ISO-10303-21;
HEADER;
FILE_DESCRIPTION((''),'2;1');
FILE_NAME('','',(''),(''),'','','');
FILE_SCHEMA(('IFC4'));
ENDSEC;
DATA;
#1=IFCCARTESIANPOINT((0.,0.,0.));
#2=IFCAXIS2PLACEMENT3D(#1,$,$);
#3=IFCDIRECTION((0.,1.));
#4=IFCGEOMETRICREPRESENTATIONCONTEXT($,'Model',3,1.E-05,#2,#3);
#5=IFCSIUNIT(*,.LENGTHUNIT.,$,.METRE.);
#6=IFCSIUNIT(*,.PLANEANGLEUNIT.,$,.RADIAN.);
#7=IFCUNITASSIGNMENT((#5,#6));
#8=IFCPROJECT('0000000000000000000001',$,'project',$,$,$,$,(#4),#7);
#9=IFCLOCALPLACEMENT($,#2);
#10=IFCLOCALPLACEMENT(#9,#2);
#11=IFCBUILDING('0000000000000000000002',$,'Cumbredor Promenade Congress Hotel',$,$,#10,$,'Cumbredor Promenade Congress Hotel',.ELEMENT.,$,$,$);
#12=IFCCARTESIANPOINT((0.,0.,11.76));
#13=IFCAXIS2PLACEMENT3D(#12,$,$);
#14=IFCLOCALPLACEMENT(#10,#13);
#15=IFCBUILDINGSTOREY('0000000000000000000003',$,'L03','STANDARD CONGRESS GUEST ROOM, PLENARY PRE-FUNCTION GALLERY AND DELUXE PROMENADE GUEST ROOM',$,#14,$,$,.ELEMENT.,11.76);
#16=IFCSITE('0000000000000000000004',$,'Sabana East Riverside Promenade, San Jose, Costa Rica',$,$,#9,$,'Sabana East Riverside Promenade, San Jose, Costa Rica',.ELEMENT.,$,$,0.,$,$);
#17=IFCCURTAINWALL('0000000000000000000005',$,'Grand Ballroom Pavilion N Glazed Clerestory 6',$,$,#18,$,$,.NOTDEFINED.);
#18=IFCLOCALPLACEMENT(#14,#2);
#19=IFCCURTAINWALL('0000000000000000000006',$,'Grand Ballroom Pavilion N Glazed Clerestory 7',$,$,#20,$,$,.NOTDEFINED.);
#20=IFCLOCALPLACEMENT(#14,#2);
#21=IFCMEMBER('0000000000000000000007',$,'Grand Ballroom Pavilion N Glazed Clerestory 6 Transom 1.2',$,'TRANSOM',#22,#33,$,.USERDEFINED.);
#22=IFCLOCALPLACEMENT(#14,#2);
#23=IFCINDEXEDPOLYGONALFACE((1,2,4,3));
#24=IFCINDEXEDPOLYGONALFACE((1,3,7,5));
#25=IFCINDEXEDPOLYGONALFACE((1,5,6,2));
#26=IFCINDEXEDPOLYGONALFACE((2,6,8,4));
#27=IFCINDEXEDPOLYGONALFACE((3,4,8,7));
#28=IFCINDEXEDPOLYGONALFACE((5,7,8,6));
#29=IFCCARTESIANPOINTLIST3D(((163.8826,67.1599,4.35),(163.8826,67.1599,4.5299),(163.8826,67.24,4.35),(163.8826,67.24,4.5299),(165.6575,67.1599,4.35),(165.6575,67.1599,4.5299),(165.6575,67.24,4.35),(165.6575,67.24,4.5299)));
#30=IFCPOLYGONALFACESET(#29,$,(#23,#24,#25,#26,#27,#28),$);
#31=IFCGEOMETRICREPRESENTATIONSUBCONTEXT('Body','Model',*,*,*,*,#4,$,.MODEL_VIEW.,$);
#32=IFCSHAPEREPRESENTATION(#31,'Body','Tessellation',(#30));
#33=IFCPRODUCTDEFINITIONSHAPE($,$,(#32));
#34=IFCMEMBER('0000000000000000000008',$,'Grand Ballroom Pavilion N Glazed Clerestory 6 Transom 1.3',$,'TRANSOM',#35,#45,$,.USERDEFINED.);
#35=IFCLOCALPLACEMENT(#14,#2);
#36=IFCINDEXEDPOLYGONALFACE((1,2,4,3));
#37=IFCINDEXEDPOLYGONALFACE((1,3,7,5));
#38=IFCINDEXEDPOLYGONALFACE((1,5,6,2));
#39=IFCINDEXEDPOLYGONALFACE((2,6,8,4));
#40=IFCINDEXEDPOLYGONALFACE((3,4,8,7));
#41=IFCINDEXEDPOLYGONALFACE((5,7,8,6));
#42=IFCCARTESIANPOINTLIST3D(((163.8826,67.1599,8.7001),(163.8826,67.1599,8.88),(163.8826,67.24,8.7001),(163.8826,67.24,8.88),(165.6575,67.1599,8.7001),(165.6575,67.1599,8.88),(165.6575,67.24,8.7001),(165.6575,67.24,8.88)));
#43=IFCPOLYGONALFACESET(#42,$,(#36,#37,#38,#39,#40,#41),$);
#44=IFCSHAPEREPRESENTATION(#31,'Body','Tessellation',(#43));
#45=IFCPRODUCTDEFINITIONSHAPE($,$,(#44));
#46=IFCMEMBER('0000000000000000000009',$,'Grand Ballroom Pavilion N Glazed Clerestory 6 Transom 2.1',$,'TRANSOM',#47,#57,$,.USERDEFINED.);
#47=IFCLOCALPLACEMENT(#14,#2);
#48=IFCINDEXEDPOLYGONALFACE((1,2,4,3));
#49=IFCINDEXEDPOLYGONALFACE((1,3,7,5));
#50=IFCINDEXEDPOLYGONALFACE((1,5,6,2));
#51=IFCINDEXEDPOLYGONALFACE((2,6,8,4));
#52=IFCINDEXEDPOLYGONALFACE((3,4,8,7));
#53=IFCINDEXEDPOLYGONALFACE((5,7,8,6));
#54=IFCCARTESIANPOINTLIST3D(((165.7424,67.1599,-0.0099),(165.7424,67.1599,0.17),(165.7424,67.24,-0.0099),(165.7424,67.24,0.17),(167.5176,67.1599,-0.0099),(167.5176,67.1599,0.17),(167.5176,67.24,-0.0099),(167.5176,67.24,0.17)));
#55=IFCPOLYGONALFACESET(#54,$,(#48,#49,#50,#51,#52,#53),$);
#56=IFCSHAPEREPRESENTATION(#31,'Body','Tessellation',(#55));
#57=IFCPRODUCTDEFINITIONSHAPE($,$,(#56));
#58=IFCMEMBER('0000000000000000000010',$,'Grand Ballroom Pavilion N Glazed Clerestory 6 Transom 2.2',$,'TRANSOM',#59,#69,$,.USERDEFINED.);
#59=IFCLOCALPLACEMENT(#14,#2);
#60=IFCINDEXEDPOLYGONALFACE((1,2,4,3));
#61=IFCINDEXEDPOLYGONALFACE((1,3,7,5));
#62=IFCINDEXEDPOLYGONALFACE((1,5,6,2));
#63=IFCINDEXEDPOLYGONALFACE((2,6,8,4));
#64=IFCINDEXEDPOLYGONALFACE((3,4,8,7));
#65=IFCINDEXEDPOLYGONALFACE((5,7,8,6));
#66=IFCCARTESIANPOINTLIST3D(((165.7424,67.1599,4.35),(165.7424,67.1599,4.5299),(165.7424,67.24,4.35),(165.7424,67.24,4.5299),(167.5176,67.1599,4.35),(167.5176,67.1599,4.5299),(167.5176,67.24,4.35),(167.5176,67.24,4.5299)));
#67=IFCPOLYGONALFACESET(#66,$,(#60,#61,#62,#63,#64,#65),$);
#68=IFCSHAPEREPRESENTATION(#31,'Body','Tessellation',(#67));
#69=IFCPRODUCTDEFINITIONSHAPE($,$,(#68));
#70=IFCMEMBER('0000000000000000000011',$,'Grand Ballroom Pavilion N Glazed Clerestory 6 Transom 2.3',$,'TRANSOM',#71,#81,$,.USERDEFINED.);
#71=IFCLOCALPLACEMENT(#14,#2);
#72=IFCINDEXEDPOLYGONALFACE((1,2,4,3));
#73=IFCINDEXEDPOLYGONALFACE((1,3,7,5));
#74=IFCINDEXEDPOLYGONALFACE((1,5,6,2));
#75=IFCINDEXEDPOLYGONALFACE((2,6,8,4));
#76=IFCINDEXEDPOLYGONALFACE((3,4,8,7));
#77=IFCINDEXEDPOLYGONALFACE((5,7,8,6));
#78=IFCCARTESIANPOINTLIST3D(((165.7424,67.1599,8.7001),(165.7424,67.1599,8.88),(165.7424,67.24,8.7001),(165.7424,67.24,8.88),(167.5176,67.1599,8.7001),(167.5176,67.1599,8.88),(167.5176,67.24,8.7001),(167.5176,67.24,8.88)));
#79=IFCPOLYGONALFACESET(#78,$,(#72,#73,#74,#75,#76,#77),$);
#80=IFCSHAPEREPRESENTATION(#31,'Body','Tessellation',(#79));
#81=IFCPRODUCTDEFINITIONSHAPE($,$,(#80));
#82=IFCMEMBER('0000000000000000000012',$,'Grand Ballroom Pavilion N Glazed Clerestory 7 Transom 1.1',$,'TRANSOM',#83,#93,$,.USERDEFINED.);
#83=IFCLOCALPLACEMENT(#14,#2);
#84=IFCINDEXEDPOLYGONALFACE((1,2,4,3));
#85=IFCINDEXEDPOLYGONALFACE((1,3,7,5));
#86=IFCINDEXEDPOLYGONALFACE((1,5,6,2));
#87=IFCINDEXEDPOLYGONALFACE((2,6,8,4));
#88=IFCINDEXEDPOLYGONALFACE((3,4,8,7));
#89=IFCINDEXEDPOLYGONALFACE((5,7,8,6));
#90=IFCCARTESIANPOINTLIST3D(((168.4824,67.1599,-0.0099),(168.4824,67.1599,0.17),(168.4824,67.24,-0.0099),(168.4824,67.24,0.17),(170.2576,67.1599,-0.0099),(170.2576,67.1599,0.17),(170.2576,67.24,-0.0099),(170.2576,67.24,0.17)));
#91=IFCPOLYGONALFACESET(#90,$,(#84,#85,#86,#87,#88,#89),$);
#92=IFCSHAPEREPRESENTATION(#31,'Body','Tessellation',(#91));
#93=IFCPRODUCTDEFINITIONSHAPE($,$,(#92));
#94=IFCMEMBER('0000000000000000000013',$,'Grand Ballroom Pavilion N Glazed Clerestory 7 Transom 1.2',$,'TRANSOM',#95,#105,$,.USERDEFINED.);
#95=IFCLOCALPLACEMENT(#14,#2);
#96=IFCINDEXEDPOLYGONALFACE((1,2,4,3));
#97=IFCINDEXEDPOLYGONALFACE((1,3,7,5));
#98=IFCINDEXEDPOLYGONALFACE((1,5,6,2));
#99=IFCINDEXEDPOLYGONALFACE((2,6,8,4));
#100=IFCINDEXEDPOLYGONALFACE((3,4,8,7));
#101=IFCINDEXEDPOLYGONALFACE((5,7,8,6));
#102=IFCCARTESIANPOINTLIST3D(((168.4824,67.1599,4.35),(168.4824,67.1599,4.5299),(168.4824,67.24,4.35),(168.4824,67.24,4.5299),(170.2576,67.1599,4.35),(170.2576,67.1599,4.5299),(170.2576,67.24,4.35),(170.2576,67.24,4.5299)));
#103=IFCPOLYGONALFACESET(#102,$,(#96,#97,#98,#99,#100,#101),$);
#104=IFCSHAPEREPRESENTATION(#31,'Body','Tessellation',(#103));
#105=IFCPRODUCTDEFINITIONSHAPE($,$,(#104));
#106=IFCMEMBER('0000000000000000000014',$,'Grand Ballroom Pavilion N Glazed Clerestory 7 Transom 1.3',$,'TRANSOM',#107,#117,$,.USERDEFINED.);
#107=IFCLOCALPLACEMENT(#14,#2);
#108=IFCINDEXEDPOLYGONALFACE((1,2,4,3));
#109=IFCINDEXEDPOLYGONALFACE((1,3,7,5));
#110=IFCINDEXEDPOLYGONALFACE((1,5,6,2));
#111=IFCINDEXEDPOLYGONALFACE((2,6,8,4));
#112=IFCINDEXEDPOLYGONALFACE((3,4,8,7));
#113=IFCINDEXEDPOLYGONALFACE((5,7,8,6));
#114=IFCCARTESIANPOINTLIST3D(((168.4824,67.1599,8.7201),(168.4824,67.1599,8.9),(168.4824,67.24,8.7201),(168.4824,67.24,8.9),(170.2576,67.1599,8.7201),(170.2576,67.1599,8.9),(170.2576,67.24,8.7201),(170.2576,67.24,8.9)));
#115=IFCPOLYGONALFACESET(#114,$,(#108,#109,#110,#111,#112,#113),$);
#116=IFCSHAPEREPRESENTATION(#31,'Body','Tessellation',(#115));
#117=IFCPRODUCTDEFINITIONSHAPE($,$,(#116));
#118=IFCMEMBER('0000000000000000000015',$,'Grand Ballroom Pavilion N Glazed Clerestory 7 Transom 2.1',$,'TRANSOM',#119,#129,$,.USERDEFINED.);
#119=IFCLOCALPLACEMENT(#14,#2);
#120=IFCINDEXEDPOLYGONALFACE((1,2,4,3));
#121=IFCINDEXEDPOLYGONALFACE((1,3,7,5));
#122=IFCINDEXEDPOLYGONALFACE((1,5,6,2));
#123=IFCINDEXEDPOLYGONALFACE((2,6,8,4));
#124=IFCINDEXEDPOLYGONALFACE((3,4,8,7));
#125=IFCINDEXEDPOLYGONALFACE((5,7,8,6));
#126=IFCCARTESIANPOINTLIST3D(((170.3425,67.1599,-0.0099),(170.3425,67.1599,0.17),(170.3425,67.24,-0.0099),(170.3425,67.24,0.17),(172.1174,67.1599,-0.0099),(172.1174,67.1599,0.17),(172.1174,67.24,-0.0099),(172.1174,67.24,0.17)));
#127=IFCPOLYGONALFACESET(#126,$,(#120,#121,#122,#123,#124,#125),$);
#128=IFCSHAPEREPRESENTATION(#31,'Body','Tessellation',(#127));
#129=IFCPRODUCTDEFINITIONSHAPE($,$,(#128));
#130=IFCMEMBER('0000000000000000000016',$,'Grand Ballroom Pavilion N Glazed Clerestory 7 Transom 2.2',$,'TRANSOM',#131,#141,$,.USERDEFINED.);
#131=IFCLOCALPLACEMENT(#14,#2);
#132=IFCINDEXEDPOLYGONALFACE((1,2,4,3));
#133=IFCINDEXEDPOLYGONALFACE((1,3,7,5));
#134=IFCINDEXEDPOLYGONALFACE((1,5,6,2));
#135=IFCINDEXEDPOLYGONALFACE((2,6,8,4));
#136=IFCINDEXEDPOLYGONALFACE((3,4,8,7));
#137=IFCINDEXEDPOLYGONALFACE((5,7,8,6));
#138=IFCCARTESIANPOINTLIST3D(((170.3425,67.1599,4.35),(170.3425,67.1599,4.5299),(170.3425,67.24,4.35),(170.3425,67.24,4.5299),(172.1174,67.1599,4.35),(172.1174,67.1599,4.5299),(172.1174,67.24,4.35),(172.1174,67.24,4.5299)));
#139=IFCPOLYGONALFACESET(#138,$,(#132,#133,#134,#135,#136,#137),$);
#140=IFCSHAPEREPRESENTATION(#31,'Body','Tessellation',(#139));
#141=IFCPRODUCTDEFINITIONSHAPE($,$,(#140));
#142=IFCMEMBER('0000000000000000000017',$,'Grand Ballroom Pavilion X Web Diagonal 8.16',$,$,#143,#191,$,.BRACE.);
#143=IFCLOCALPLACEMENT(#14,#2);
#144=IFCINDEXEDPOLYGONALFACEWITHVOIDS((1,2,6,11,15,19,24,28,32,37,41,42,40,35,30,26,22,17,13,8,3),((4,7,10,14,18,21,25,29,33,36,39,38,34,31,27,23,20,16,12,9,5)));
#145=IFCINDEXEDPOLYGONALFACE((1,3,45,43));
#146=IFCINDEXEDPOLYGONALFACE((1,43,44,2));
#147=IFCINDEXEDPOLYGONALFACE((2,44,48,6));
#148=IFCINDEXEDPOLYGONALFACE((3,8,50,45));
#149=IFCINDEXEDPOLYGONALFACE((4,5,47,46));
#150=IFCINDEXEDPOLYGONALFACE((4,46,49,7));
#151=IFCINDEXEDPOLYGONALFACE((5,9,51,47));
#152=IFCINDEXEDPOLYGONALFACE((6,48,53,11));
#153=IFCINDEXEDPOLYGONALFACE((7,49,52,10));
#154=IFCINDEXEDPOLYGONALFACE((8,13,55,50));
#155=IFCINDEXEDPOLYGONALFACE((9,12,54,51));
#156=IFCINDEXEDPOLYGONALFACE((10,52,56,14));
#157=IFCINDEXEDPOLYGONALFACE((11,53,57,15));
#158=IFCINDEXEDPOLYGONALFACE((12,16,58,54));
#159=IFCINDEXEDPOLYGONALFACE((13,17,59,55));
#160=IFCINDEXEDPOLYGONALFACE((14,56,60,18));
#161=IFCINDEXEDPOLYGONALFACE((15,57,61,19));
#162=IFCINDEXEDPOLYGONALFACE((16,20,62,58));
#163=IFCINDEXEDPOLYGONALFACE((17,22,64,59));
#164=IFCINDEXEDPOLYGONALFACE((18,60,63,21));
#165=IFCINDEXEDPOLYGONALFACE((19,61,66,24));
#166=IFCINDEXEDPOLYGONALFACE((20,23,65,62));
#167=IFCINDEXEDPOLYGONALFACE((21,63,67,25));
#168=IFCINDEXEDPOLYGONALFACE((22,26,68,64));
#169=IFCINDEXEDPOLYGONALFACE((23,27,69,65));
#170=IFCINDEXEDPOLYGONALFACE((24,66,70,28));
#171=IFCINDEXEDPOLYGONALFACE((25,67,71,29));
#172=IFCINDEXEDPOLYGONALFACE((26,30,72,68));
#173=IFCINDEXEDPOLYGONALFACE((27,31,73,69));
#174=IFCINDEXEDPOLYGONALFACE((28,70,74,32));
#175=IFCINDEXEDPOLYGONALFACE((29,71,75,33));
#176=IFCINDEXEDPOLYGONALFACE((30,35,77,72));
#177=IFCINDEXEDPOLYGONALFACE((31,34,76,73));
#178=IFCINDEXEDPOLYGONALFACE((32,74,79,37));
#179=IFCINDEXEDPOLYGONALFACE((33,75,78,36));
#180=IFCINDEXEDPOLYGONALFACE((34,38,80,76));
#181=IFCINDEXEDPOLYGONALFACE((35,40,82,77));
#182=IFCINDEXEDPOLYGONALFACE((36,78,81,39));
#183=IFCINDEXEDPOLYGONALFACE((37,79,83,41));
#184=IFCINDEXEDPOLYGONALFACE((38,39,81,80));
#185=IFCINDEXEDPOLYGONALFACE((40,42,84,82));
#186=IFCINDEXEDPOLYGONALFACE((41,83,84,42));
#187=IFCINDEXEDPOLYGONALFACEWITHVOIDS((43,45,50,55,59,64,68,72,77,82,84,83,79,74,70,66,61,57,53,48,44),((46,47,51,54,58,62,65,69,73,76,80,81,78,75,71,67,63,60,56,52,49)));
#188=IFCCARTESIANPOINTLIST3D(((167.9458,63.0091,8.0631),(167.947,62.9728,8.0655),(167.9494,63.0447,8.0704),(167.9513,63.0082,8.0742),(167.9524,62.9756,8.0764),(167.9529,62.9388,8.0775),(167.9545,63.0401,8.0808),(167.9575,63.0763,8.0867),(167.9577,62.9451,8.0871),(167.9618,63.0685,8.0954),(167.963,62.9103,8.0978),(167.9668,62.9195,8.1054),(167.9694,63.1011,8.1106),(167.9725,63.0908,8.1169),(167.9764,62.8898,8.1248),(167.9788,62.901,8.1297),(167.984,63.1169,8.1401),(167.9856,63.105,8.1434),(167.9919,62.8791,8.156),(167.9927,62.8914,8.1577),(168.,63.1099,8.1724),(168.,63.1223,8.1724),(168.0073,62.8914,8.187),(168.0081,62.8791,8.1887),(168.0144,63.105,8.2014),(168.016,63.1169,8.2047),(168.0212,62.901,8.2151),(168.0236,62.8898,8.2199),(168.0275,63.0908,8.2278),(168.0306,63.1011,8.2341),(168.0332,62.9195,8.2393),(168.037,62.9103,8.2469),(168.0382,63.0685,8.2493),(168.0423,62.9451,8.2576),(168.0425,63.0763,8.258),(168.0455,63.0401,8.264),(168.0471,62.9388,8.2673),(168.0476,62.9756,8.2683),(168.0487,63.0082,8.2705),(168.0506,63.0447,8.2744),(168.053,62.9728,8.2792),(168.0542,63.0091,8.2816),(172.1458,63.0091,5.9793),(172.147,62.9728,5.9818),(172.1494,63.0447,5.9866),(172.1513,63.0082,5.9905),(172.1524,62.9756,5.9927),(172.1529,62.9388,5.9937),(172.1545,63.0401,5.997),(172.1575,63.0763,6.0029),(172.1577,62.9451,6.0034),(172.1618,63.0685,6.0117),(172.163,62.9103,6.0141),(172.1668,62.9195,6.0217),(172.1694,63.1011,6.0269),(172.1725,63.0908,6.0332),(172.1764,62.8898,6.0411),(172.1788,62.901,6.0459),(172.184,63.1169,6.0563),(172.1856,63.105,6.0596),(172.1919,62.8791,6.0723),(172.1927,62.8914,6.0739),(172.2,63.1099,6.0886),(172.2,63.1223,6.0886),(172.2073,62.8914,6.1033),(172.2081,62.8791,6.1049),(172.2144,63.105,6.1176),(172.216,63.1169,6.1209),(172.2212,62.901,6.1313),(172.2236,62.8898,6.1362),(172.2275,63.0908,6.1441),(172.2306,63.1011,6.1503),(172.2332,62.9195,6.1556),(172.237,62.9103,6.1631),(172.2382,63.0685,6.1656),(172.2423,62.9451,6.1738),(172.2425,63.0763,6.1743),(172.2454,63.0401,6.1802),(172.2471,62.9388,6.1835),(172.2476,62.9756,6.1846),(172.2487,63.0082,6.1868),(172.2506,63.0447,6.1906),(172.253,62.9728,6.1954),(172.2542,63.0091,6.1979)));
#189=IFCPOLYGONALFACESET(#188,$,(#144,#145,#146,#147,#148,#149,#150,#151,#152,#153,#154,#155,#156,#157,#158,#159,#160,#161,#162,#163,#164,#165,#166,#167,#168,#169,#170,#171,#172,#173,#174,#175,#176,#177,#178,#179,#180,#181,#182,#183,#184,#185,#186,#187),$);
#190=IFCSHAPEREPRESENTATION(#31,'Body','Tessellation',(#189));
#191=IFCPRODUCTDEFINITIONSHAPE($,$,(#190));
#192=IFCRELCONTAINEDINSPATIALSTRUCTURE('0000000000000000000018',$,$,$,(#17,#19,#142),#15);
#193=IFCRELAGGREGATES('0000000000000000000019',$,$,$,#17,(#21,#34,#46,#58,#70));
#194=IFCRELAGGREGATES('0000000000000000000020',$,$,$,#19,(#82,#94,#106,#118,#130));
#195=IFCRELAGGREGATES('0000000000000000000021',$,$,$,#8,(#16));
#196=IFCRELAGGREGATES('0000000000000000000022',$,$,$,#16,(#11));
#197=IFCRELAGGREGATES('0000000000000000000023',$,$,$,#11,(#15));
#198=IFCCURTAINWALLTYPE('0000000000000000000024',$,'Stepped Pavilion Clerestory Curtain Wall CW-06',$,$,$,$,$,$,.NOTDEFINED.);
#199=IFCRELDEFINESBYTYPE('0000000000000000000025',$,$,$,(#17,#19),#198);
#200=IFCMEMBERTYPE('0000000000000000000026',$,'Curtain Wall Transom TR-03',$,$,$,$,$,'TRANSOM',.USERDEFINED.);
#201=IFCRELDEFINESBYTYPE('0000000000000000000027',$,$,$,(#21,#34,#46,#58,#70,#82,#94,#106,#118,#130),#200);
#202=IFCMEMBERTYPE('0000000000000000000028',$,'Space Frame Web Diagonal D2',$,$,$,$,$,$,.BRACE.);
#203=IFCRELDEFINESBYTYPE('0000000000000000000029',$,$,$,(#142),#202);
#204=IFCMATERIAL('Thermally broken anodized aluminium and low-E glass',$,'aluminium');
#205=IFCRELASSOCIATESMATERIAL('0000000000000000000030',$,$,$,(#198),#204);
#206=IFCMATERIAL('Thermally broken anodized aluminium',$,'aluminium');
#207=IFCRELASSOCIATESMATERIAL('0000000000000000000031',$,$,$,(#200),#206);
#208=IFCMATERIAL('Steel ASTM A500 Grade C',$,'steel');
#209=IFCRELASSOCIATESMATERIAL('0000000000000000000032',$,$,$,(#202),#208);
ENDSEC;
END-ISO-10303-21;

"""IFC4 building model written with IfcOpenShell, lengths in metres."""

from ifc_helpers import new_model, si_unit, direction, frame, origin, origin_2d, place, context, subcontext, project, spatial, rectangle, hollow_circle, extrude, material, material_profile, profile_set, type_object, element, aggregate, save


model = new_model("IFC4")

# Units and contexts
model_context = context("Model", 3, precision=1e-05, world=origin(), true_north=direction((0.0, 1.0)))
body_context = subcontext(model_context, "Body", "Model", "MODEL_VIEW")
ifc_project = project(units=[si_unit("LENGTHUNIT", "METRE"), si_unit("PLANEANGLEUNIT", "RADIAN")], contexts=[model_context])

# Site, building, storey
site_placement = place(None, origin())
site = spatial("IfcSite", under=ifc_project, at=site_placement, Name="Sabana East Riverside Promenade, San Jose, Costa Rica", LongName="Sabana East Riverside Promenade, San Jose, Costa Rica", CompositionType="ELEMENT", RefElevation=0.0)
building_placement = place(site_placement, origin())
building = spatial("IfcBuilding", under=site, at=building_placement, Name="Cumbredor Promenade Congress Hotel", LongName="Cumbredor Promenade Congress Hotel", CompositionType="ELEMENT")
storey_placement = place(building_placement, frame((0.0, 0.0, 11.76)))
storey = spatial("IfcBuildingStorey", under=building, at=storey_placement, Name="L03", Description="STANDARD CONGRESS GUEST ROOM, PLENARY PRE-FUNCTION GALLERY AND DELUXE PROMENADE GUEST ROOM", CompositionType="ELEMENT", Elevation=11.76)

# Shared definitions
ifc_material_1 = material(Name="Steel ASTM A500 Grade C", Category="steel")

# Curtain walls
ifc_material_2 = material(Name="Thermally broken anodized aluminium and low-E glass", Category="aluminium")
curtain_wall_type = type_object("IfcCurtainWallType", Name="Stepped Pavilion Clerestory Curtain Wall CW-06", PredefinedType="NOTDEFINED", material=ifc_material_2)
curtain_wall_1_placement = place(storey_placement, origin())
curtain_wall_1 = element("IfcCurtainWall", 1, at=curtain_wall_1_placement, inside=storey, type_object=curtain_wall_type, Name="Grand Ballroom Pavilion N Glazed Clerestory 6", PredefinedType="NOTDEFINED")
ifc_material_3 = material(Name="Thermally broken anodized aluminium", Category="aluminium")
curtain_wall_2_placement = place(storey_placement, origin())
curtain_wall_2 = element("IfcCurtainWall", 2, at=curtain_wall_2_placement, inside=storey, type_object=curtain_wall_type, Name="Grand Ballroom Pavilion N Glazed Clerestory 7", PredefinedType="NOTDEFINED")

# Members
ifc_material_profile_1 = material_profile(ifc_material_3, rectangle(XDim=0.0801, YDim=0.1799, at=origin_2d()), Name="ALU TRANSOM 80x180")
ifc_profile_set_1 = profile_set([ifc_material_profile_1], Name="Thermally broken anodized aluminium")
member_type_1 = type_object("IfcMemberType", Name="Curtain Wall Transom TR-03", ElementType="TRANSOM", PredefinedType="USERDEFINED", material=ifc_profile_set_1)
member_1_placement = place(storey_placement, frame((163.8826, 67.2, 4.4399), z_axis=(1.0, 0.0, 0.0), x_axis=(0.0, 1.0, 0.0)))
member_1 = element("IfcMember", 3, at=member_1_placement, type_object=member_type_1, Name="Grand Ballroom Pavilion N Glazed Clerestory 6 Transom 1.2", ObjectType="TRANSOM", PredefinedType="USERDEFINED", context=body_context, shape_type="SweptSolid", body=[
    extrude(rectangle(XDim=0.0801, YDim=0.1799, at=origin_2d()), origin(), (0.0, 0.0, 1.0), 1.7749),
])
member_2_placement = place(storey_placement, frame((163.8826, 67.2, 8.79), z_axis=(1.0, 0.0, 0.0), x_axis=(0.0, 1.0, 0.0)))
member_2 = element("IfcMember", 4, at=member_2_placement, type_object=member_type_1, Name="Grand Ballroom Pavilion N Glazed Clerestory 6 Transom 1.3", ObjectType="TRANSOM", PredefinedType="USERDEFINED", context=body_context, shape_type="SweptSolid", body=[
    extrude(rectangle(XDim=0.0801, YDim=0.1799, at=origin_2d()), origin(), (0.0, 0.0, 1.0), 1.7749),
])
member_3_placement = place(storey_placement, frame((165.7424, 67.2, 0.0801), z_axis=(1.0, 0.0, 0.0), x_axis=(0.0, 1.0, 0.0)))
member_3 = element("IfcMember", 5, at=member_3_placement, type_object=member_type_1, Name="Grand Ballroom Pavilion N Glazed Clerestory 6 Transom 2.1", ObjectType="TRANSOM", PredefinedType="USERDEFINED", context=body_context, shape_type="SweptSolid", body=[
    extrude(rectangle(XDim=0.0801, YDim=0.1799, at=origin_2d()), origin(), (0.0, 0.0, 1.0), 1.7751),
])
member_4_placement = place(storey_placement, frame((165.7424, 67.2, 4.4399), z_axis=(1.0, 0.0, 0.0), x_axis=(0.0, 1.0, 0.0)))
member_4 = element("IfcMember", 6, at=member_4_placement, type_object=member_type_1, Name="Grand Ballroom Pavilion N Glazed Clerestory 6 Transom 2.2", ObjectType="TRANSOM", PredefinedType="USERDEFINED", context=body_context, shape_type="SweptSolid", body=[
    extrude(rectangle(XDim=0.0801, YDim=0.1799, at=origin_2d()), origin(), (0.0, 0.0, 1.0), 1.7751),
])
member_5_placement = place(storey_placement, frame((165.7424, 67.2, 8.79), z_axis=(1.0, 0.0, 0.0), x_axis=(0.0, 1.0, 0.0)))
member_5 = element("IfcMember", 7, at=member_5_placement, type_object=member_type_1, Name="Grand Ballroom Pavilion N Glazed Clerestory 6 Transom 2.3", ObjectType="TRANSOM", PredefinedType="USERDEFINED", context=body_context, shape_type="SweptSolid", body=[
    extrude(rectangle(XDim=0.0801, YDim=0.1799, at=origin_2d()), origin(), (0.0, 0.0, 1.0), 1.7751),
])
member_6_placement = place(storey_placement, frame((168.4824, 67.2, 0.0801), z_axis=(1.0, 0.0, 0.0), x_axis=(0.0, 1.0, 0.0)))
member_6 = element("IfcMember", 8, at=member_6_placement, type_object=member_type_1, Name="Grand Ballroom Pavilion N Glazed Clerestory 7 Transom 1.1", ObjectType="TRANSOM", PredefinedType="USERDEFINED", context=body_context, shape_type="SweptSolid", body=[
    extrude(rectangle(XDim=0.0801, YDim=0.1799, at=origin_2d()), origin(), (0.0, 0.0, 1.0), 1.7751),
])
member_7_placement = place(storey_placement, frame((168.4824, 67.2, 4.4399), z_axis=(1.0, 0.0, 0.0), x_axis=(0.0, 1.0, 0.0)))
member_7 = element("IfcMember", 9, at=member_7_placement, type_object=member_type_1, Name="Grand Ballroom Pavilion N Glazed Clerestory 7 Transom 1.2", ObjectType="TRANSOM", PredefinedType="USERDEFINED", context=body_context, shape_type="SweptSolid", body=[
    extrude(rectangle(XDim=0.0801, YDim=0.1799, at=origin_2d()), origin(), (0.0, 0.0, 1.0), 1.7751),
])
member_8_placement = place(storey_placement, frame((168.4824, 67.2, 8.8101), z_axis=(1.0, 0.0, 0.0), x_axis=(0.0, 1.0, 0.0)))
member_8 = element("IfcMember", 10, at=member_8_placement, type_object=member_type_1, Name="Grand Ballroom Pavilion N Glazed Clerestory 7 Transom 1.3", ObjectType="TRANSOM", PredefinedType="USERDEFINED", context=body_context, shape_type="SweptSolid", body=[
    extrude(rectangle(XDim=0.0801, YDim=0.1799, at=origin_2d()), origin(), (0.0, 0.0, 1.0), 1.7751),
])
member_9_placement = place(storey_placement, frame((170.3425, 67.2, 0.0801), z_axis=(1.0, 0.0, 0.0), x_axis=(0.0, 1.0, 0.0)))
member_9 = element("IfcMember", 11, at=member_9_placement, type_object=member_type_1, Name="Grand Ballroom Pavilion N Glazed Clerestory 7 Transom 2.1", ObjectType="TRANSOM", PredefinedType="USERDEFINED", context=body_context, shape_type="SweptSolid", body=[
    extrude(rectangle(XDim=0.0801, YDim=0.1799, at=origin_2d()), origin(), (0.0, 0.0, 1.0), 1.7749),
])
member_10_placement = place(storey_placement, frame((170.3425, 67.2, 4.4399), z_axis=(1.0, 0.0, 0.0), x_axis=(0.0, 1.0, 0.0)))
member_10 = element("IfcMember", 12, at=member_10_placement, type_object=member_type_1, Name="Grand Ballroom Pavilion N Glazed Clerestory 7 Transom 2.2", ObjectType="TRANSOM", PredefinedType="USERDEFINED", context=body_context, shape_type="SweptSolid", body=[
    extrude(rectangle(XDim=0.0801, YDim=0.1799, at=origin_2d()), origin(), (0.0, 0.0, 1.0), 1.7749),
])

# Member
ifc_material_profile_2 = material_profile(ifc_material_1, hollow_circle(Radius=0.1223, WallThickness=0.0125, at=origin_2d()), Name="CHS 244.5x12.5")
ifc_profile_set_2 = profile_set([ifc_material_profile_2], Name="Steel ASTM A500 Grade C")
member_type_2 = type_object("IfcMemberType", Name="Space Frame Web Diagonal D2", PredefinedType="BRACE", material=ifc_profile_set_2)
member_11_placement = place(storey_placement, frame((168.0, 63.0, 8.1724), z_axis=(0.895808, 0.0, -0.444441), x_axis=(0.0, 1.0, 0.0)))
element("IfcMember", 13, at=member_11_placement, inside=storey, type_object=member_type_2, Name="Grand Ballroom Pavilion X Web Diagonal 8.16", PredefinedType="BRACE", context=body_context, shape_type="SweptSolid", body=[
    extrude(hollow_circle(Radius=0.1223, WallThickness=0.0125, at=origin_2d()), origin(), (0.0, 0.0, 1.0), 4.6885),
])

aggregate(curtain_wall_1, [member_1, member_2, member_3, member_4, member_5])
aggregate(curtain_wall_2, [member_6, member_7, member_8, member_9, member_10])

save(model, "model.ifc")
